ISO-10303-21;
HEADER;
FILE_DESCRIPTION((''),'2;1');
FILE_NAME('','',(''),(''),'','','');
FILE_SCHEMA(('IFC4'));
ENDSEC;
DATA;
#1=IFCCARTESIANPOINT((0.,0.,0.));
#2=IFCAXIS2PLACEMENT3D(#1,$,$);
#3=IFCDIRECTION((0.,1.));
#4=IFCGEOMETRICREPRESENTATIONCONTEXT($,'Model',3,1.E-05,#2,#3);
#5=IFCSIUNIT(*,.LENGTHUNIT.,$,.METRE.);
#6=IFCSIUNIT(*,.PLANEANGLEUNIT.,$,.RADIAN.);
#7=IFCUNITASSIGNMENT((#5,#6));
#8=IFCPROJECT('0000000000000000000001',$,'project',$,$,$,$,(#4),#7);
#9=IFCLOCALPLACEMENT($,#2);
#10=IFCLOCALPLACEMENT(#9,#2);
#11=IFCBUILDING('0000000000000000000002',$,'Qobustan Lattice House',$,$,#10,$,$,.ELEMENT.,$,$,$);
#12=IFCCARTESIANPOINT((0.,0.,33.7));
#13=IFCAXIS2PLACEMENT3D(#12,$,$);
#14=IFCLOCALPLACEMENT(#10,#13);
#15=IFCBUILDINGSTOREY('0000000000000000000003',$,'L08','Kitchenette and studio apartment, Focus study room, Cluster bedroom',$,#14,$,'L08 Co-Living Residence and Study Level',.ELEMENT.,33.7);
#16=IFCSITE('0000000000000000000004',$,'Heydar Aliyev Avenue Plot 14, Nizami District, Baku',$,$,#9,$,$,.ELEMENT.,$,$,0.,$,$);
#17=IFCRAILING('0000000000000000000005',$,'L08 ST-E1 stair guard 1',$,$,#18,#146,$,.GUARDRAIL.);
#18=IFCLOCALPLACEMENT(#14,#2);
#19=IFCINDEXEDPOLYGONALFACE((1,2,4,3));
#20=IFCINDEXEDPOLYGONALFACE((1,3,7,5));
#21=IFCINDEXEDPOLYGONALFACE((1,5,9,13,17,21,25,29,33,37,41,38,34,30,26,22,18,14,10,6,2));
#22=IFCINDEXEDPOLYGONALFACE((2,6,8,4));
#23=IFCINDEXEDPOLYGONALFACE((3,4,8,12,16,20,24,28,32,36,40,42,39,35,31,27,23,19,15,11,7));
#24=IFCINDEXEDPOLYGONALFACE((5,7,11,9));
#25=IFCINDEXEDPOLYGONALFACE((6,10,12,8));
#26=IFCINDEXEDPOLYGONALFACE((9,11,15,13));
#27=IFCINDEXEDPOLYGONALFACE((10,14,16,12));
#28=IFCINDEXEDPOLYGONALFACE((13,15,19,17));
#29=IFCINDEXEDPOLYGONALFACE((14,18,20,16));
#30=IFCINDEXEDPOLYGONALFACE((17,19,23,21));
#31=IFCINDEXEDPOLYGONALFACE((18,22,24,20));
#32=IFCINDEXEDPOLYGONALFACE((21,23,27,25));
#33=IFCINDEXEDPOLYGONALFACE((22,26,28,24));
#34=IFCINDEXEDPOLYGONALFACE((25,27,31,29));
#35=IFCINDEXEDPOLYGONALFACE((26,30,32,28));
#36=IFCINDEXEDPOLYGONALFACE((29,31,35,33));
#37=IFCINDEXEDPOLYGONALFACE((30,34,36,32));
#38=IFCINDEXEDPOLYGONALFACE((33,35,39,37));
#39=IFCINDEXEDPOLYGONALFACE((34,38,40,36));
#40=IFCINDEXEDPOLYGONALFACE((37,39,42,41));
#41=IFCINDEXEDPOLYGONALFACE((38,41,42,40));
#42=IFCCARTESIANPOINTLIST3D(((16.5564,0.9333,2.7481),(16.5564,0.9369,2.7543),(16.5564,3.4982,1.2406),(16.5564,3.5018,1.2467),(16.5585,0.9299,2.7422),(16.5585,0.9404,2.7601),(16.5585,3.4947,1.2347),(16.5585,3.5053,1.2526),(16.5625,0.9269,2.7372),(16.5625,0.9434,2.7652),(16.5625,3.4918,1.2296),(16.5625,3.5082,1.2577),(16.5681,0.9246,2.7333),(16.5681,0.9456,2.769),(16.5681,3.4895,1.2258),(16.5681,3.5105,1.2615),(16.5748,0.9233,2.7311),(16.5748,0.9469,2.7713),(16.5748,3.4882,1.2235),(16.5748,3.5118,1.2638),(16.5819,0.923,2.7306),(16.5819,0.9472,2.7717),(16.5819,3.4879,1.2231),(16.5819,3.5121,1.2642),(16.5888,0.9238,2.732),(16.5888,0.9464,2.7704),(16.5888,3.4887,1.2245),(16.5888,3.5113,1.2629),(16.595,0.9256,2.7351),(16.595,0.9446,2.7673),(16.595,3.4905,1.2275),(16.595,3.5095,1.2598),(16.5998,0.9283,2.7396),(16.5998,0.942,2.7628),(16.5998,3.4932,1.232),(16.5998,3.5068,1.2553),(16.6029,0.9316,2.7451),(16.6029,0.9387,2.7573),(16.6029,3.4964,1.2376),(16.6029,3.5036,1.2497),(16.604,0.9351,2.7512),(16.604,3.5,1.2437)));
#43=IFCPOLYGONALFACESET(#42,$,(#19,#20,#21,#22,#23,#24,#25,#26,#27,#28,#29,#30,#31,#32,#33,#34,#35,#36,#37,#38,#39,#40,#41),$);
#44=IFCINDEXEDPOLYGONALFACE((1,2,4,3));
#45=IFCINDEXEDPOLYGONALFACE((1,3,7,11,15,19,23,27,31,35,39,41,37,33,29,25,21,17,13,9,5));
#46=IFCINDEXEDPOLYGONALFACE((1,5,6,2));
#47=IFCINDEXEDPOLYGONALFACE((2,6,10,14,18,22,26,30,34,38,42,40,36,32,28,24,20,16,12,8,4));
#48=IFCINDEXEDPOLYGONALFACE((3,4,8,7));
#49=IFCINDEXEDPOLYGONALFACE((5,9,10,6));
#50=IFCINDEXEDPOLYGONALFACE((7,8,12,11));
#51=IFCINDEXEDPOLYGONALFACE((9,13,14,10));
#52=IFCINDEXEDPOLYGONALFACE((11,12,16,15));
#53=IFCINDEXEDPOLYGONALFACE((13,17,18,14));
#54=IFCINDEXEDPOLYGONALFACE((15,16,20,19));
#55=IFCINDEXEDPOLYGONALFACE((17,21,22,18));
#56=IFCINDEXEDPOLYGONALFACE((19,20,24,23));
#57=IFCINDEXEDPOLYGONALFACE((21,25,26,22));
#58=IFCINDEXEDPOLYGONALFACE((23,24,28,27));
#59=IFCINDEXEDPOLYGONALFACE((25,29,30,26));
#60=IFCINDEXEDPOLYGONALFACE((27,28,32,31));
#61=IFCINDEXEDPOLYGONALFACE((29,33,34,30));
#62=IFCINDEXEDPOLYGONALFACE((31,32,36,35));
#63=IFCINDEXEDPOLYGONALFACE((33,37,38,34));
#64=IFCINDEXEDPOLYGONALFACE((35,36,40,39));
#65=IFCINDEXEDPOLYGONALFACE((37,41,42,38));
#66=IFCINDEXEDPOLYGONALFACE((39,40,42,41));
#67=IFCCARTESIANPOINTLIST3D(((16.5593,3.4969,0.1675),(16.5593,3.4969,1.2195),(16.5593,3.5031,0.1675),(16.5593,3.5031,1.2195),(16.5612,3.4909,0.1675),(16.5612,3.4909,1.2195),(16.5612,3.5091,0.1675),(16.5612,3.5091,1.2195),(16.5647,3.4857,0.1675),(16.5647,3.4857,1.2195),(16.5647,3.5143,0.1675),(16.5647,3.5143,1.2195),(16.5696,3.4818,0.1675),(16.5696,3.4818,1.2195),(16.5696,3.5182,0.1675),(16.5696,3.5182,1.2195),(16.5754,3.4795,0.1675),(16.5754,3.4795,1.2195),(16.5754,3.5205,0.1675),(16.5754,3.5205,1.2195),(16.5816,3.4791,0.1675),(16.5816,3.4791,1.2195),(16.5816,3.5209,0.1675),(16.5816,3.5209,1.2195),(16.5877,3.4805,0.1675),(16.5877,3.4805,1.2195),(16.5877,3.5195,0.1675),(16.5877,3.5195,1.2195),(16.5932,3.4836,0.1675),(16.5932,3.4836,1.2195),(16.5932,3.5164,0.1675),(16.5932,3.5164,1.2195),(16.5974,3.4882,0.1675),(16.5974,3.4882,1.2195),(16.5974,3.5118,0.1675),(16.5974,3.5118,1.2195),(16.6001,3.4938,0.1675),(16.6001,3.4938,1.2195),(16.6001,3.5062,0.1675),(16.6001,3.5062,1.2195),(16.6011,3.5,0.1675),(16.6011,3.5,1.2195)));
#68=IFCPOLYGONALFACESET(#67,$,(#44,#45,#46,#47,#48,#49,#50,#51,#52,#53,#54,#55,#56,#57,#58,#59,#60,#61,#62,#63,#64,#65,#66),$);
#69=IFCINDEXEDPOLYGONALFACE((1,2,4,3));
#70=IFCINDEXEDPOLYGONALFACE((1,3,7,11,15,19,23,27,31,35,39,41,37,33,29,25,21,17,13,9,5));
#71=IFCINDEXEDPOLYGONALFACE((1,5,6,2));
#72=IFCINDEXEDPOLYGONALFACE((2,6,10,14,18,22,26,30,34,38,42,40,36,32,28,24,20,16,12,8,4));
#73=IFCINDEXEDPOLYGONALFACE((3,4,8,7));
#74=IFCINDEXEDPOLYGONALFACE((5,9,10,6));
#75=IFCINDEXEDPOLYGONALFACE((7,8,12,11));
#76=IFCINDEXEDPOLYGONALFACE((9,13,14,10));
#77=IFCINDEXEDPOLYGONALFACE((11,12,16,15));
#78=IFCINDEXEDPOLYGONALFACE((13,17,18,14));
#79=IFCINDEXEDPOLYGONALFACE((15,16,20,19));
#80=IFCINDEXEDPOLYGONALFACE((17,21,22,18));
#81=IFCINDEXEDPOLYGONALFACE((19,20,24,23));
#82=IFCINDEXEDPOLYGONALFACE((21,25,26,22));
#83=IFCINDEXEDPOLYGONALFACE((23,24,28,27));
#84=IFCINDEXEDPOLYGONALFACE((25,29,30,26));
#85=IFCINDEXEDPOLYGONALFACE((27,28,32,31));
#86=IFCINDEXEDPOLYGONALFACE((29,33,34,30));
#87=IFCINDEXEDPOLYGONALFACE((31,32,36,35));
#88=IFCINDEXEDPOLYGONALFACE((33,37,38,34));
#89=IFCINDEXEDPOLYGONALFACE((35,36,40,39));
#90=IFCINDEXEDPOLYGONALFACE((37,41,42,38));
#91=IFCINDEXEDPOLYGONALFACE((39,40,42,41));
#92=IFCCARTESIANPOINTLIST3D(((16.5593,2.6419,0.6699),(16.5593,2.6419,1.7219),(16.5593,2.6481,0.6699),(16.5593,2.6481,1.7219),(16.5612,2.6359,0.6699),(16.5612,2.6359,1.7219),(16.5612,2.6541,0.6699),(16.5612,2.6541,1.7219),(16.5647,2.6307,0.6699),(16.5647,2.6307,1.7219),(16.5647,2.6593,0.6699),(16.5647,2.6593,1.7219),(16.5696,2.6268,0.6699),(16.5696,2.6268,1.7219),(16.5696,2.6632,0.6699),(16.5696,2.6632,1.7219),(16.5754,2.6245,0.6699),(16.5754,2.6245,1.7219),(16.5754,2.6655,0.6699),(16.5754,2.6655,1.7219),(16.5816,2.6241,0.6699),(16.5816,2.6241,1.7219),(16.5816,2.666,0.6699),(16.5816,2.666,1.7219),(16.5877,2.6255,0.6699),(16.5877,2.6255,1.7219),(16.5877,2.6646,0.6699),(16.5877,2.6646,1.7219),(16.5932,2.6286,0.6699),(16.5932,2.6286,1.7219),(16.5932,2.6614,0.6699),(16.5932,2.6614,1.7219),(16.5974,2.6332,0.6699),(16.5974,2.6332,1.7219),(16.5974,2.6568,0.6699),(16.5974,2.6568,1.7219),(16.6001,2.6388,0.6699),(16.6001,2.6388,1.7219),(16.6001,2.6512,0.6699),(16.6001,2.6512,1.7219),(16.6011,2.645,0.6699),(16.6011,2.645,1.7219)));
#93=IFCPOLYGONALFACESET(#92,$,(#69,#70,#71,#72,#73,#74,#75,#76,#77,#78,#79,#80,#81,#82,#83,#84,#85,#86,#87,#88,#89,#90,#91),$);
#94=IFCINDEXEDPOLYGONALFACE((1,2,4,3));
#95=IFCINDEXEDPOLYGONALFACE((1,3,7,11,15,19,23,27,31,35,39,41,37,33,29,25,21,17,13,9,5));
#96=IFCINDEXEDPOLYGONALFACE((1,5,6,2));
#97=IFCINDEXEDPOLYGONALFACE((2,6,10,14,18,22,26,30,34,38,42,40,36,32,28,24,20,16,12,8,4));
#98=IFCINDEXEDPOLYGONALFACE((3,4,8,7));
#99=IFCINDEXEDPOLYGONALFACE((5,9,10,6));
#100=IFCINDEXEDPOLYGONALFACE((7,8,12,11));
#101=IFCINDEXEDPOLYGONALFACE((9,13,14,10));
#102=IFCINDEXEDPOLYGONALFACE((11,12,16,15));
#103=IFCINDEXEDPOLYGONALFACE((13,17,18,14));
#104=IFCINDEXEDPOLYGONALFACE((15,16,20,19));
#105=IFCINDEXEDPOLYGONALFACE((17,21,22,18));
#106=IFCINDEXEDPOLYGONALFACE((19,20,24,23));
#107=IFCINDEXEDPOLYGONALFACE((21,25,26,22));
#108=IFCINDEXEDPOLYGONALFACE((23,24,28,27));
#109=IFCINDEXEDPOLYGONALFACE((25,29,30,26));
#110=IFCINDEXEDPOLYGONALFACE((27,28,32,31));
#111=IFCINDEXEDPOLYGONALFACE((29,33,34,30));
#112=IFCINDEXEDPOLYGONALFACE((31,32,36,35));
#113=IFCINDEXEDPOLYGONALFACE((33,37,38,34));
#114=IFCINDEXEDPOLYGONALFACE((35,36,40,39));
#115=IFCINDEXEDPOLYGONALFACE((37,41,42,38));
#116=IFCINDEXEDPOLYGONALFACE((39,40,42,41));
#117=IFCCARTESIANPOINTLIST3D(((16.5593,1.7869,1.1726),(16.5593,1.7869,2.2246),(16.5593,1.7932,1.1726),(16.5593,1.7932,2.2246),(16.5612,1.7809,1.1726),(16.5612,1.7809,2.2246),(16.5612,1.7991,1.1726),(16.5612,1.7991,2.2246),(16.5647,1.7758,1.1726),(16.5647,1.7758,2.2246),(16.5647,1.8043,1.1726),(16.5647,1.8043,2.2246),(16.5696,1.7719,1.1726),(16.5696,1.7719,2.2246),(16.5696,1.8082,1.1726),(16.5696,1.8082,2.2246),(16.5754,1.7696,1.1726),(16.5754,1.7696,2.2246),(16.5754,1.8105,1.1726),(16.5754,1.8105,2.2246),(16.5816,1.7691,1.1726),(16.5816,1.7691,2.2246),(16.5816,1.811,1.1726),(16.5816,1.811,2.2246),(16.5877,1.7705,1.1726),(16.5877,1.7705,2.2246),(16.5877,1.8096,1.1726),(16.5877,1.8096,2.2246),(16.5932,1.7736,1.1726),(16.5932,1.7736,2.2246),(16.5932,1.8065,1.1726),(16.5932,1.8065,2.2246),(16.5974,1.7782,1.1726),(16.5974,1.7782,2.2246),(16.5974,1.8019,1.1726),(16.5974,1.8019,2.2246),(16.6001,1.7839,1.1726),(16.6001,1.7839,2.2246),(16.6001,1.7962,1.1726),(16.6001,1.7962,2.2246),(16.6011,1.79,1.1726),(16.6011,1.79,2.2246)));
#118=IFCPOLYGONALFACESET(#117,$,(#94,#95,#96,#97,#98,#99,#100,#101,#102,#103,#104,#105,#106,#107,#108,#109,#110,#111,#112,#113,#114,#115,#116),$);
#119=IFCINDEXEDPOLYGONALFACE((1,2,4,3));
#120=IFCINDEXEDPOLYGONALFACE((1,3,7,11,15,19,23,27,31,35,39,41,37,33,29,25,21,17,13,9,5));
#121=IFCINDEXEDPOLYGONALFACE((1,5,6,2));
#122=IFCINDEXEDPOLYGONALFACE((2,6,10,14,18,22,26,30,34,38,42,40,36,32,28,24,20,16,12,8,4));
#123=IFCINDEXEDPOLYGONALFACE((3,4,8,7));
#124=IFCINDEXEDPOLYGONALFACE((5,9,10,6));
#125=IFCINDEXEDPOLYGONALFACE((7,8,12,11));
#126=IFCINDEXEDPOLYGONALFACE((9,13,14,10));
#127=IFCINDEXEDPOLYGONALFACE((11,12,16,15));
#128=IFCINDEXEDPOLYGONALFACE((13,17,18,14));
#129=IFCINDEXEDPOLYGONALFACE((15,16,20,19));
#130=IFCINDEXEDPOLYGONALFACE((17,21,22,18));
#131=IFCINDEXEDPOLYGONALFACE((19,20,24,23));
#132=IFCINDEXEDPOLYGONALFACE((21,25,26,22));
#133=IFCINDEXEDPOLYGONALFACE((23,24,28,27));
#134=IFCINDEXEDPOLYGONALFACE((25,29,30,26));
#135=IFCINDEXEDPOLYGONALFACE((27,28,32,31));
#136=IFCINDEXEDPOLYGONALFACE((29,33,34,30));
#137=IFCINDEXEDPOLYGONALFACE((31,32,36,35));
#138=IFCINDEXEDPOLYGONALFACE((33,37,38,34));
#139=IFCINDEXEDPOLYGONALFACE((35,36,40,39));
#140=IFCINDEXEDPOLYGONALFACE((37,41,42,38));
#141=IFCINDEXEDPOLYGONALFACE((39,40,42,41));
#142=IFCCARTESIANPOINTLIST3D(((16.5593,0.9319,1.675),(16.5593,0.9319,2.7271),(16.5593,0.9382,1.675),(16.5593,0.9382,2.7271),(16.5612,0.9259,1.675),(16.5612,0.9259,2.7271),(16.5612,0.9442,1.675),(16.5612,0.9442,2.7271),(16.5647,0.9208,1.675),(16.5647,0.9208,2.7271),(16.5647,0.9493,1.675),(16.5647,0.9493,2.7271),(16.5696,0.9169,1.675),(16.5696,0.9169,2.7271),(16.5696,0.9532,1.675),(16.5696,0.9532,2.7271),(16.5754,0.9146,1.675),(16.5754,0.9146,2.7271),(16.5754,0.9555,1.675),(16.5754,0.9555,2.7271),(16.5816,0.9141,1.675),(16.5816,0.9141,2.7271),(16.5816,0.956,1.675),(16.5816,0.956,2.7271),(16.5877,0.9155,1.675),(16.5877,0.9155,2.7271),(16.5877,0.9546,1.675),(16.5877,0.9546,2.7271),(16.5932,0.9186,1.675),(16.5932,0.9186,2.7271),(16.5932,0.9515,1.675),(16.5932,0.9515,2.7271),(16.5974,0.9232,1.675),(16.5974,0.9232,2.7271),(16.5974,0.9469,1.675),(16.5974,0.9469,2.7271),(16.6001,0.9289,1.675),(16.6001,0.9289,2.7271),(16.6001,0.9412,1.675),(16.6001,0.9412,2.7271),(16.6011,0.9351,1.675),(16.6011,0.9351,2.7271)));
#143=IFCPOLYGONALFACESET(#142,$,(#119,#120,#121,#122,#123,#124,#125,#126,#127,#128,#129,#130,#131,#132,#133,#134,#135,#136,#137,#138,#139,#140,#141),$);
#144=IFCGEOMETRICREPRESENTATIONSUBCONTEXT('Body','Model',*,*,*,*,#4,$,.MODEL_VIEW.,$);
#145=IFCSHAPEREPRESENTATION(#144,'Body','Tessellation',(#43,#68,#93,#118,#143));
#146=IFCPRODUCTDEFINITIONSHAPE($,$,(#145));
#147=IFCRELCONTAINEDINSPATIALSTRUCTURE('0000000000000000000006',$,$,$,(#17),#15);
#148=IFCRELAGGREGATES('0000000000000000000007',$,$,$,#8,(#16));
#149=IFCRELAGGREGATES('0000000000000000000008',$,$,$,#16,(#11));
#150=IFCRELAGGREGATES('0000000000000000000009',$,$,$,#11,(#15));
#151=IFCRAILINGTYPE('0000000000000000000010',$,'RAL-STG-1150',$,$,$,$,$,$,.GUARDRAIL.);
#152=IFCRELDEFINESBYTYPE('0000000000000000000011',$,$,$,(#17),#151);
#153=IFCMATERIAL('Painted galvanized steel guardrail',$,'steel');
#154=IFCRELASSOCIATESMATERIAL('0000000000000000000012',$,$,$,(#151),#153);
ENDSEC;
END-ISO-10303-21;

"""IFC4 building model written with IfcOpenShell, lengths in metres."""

from ifc_helpers import new_model, si_unit, direction, frame, origin, origin_2d, place, context, subcontext, project, spatial, circle, extrude, material, type_object, element, save


model = new_model("IFC4")

# Units and contexts
model_context = context("Model", 3, precision=1e-05, world=origin(), true_north=direction((0.0, 1.0)))
body_context = subcontext(model_context, "Body", "Model", "MODEL_VIEW")
ifc_project = project(units=[si_unit("LENGTHUNIT", "METRE"), si_unit("PLANEANGLEUNIT", "RADIAN")], contexts=[model_context])

# Site, building, storey
site_placement = place(None, origin())
site = spatial("IfcSite", under=ifc_project, at=site_placement, Name="Heydar Aliyev Avenue Plot 14, Nizami District, Baku", CompositionType="ELEMENT", RefElevation=0.0)
building_placement = place(site_placement, origin())
building = spatial("IfcBuilding", under=site, at=building_placement, Name="Qobustan Lattice House", CompositionType="ELEMENT")
storey_placement = place(building_placement, frame((0.0, 0.0, 33.7)))
storey = spatial("IfcBuildingStorey", under=building, at=storey_placement, Name="L08", Description="Kitchenette and studio apartment, Focus study room, Cluster bedroom", LongName="L08 Co-Living Residence and Study Level", CompositionType="ELEMENT", Elevation=33.7)

# Railing
ifc_material_1 = material(Name="Painted galvanized steel guardrail", Category="steel")
railing_type_1 = type_object("IfcRailingType", Name="RAL-STG-1150", PredefinedType="GUARDRAIL", material=ifc_material_1)
railing_1_placement = place(storey_placement, frame((16.5801, 3.5, 0.1675)))
element("IfcRailing", 1, at=railing_1_placement, inside=storey, type_object=railing_type_1, Name="L08 ST-E1 stair guard 1", PredefinedType="GUARDRAIL", context=body_context, shape_type="SweptSolid", body=[
    extrude(circle(Radius=0.0239, at=origin_2d()), frame((0.0, 0.0, 1.0762), z_axis=(0.0, -0.862113, 0.506715), x_axis=(1.0, 0.0, 0.0)), (0.0, 0.0, 1.0), 2.9751),
    extrude(circle(Radius=0.021, at=origin_2d()), origin(), (0.0, 0.0, 1.0), 1.052),
    extrude(circle(Radius=0.021, at=origin_2d()), frame((0.0, -0.855, 0.5024)), (0.0, 0.0, 1.0), 1.052),
    extrude(circle(Radius=0.021, at=origin_2d()), frame((0.0, -1.71, 1.0051)), (0.0, 0.0, 1.0), 1.052),
    extrude(circle(Radius=0.021, at=origin_2d()), frame((0.0, -2.5649, 1.5076)), (0.0, 0.0, 1.0), 1.052),
])

save(model, "model.ifc")
